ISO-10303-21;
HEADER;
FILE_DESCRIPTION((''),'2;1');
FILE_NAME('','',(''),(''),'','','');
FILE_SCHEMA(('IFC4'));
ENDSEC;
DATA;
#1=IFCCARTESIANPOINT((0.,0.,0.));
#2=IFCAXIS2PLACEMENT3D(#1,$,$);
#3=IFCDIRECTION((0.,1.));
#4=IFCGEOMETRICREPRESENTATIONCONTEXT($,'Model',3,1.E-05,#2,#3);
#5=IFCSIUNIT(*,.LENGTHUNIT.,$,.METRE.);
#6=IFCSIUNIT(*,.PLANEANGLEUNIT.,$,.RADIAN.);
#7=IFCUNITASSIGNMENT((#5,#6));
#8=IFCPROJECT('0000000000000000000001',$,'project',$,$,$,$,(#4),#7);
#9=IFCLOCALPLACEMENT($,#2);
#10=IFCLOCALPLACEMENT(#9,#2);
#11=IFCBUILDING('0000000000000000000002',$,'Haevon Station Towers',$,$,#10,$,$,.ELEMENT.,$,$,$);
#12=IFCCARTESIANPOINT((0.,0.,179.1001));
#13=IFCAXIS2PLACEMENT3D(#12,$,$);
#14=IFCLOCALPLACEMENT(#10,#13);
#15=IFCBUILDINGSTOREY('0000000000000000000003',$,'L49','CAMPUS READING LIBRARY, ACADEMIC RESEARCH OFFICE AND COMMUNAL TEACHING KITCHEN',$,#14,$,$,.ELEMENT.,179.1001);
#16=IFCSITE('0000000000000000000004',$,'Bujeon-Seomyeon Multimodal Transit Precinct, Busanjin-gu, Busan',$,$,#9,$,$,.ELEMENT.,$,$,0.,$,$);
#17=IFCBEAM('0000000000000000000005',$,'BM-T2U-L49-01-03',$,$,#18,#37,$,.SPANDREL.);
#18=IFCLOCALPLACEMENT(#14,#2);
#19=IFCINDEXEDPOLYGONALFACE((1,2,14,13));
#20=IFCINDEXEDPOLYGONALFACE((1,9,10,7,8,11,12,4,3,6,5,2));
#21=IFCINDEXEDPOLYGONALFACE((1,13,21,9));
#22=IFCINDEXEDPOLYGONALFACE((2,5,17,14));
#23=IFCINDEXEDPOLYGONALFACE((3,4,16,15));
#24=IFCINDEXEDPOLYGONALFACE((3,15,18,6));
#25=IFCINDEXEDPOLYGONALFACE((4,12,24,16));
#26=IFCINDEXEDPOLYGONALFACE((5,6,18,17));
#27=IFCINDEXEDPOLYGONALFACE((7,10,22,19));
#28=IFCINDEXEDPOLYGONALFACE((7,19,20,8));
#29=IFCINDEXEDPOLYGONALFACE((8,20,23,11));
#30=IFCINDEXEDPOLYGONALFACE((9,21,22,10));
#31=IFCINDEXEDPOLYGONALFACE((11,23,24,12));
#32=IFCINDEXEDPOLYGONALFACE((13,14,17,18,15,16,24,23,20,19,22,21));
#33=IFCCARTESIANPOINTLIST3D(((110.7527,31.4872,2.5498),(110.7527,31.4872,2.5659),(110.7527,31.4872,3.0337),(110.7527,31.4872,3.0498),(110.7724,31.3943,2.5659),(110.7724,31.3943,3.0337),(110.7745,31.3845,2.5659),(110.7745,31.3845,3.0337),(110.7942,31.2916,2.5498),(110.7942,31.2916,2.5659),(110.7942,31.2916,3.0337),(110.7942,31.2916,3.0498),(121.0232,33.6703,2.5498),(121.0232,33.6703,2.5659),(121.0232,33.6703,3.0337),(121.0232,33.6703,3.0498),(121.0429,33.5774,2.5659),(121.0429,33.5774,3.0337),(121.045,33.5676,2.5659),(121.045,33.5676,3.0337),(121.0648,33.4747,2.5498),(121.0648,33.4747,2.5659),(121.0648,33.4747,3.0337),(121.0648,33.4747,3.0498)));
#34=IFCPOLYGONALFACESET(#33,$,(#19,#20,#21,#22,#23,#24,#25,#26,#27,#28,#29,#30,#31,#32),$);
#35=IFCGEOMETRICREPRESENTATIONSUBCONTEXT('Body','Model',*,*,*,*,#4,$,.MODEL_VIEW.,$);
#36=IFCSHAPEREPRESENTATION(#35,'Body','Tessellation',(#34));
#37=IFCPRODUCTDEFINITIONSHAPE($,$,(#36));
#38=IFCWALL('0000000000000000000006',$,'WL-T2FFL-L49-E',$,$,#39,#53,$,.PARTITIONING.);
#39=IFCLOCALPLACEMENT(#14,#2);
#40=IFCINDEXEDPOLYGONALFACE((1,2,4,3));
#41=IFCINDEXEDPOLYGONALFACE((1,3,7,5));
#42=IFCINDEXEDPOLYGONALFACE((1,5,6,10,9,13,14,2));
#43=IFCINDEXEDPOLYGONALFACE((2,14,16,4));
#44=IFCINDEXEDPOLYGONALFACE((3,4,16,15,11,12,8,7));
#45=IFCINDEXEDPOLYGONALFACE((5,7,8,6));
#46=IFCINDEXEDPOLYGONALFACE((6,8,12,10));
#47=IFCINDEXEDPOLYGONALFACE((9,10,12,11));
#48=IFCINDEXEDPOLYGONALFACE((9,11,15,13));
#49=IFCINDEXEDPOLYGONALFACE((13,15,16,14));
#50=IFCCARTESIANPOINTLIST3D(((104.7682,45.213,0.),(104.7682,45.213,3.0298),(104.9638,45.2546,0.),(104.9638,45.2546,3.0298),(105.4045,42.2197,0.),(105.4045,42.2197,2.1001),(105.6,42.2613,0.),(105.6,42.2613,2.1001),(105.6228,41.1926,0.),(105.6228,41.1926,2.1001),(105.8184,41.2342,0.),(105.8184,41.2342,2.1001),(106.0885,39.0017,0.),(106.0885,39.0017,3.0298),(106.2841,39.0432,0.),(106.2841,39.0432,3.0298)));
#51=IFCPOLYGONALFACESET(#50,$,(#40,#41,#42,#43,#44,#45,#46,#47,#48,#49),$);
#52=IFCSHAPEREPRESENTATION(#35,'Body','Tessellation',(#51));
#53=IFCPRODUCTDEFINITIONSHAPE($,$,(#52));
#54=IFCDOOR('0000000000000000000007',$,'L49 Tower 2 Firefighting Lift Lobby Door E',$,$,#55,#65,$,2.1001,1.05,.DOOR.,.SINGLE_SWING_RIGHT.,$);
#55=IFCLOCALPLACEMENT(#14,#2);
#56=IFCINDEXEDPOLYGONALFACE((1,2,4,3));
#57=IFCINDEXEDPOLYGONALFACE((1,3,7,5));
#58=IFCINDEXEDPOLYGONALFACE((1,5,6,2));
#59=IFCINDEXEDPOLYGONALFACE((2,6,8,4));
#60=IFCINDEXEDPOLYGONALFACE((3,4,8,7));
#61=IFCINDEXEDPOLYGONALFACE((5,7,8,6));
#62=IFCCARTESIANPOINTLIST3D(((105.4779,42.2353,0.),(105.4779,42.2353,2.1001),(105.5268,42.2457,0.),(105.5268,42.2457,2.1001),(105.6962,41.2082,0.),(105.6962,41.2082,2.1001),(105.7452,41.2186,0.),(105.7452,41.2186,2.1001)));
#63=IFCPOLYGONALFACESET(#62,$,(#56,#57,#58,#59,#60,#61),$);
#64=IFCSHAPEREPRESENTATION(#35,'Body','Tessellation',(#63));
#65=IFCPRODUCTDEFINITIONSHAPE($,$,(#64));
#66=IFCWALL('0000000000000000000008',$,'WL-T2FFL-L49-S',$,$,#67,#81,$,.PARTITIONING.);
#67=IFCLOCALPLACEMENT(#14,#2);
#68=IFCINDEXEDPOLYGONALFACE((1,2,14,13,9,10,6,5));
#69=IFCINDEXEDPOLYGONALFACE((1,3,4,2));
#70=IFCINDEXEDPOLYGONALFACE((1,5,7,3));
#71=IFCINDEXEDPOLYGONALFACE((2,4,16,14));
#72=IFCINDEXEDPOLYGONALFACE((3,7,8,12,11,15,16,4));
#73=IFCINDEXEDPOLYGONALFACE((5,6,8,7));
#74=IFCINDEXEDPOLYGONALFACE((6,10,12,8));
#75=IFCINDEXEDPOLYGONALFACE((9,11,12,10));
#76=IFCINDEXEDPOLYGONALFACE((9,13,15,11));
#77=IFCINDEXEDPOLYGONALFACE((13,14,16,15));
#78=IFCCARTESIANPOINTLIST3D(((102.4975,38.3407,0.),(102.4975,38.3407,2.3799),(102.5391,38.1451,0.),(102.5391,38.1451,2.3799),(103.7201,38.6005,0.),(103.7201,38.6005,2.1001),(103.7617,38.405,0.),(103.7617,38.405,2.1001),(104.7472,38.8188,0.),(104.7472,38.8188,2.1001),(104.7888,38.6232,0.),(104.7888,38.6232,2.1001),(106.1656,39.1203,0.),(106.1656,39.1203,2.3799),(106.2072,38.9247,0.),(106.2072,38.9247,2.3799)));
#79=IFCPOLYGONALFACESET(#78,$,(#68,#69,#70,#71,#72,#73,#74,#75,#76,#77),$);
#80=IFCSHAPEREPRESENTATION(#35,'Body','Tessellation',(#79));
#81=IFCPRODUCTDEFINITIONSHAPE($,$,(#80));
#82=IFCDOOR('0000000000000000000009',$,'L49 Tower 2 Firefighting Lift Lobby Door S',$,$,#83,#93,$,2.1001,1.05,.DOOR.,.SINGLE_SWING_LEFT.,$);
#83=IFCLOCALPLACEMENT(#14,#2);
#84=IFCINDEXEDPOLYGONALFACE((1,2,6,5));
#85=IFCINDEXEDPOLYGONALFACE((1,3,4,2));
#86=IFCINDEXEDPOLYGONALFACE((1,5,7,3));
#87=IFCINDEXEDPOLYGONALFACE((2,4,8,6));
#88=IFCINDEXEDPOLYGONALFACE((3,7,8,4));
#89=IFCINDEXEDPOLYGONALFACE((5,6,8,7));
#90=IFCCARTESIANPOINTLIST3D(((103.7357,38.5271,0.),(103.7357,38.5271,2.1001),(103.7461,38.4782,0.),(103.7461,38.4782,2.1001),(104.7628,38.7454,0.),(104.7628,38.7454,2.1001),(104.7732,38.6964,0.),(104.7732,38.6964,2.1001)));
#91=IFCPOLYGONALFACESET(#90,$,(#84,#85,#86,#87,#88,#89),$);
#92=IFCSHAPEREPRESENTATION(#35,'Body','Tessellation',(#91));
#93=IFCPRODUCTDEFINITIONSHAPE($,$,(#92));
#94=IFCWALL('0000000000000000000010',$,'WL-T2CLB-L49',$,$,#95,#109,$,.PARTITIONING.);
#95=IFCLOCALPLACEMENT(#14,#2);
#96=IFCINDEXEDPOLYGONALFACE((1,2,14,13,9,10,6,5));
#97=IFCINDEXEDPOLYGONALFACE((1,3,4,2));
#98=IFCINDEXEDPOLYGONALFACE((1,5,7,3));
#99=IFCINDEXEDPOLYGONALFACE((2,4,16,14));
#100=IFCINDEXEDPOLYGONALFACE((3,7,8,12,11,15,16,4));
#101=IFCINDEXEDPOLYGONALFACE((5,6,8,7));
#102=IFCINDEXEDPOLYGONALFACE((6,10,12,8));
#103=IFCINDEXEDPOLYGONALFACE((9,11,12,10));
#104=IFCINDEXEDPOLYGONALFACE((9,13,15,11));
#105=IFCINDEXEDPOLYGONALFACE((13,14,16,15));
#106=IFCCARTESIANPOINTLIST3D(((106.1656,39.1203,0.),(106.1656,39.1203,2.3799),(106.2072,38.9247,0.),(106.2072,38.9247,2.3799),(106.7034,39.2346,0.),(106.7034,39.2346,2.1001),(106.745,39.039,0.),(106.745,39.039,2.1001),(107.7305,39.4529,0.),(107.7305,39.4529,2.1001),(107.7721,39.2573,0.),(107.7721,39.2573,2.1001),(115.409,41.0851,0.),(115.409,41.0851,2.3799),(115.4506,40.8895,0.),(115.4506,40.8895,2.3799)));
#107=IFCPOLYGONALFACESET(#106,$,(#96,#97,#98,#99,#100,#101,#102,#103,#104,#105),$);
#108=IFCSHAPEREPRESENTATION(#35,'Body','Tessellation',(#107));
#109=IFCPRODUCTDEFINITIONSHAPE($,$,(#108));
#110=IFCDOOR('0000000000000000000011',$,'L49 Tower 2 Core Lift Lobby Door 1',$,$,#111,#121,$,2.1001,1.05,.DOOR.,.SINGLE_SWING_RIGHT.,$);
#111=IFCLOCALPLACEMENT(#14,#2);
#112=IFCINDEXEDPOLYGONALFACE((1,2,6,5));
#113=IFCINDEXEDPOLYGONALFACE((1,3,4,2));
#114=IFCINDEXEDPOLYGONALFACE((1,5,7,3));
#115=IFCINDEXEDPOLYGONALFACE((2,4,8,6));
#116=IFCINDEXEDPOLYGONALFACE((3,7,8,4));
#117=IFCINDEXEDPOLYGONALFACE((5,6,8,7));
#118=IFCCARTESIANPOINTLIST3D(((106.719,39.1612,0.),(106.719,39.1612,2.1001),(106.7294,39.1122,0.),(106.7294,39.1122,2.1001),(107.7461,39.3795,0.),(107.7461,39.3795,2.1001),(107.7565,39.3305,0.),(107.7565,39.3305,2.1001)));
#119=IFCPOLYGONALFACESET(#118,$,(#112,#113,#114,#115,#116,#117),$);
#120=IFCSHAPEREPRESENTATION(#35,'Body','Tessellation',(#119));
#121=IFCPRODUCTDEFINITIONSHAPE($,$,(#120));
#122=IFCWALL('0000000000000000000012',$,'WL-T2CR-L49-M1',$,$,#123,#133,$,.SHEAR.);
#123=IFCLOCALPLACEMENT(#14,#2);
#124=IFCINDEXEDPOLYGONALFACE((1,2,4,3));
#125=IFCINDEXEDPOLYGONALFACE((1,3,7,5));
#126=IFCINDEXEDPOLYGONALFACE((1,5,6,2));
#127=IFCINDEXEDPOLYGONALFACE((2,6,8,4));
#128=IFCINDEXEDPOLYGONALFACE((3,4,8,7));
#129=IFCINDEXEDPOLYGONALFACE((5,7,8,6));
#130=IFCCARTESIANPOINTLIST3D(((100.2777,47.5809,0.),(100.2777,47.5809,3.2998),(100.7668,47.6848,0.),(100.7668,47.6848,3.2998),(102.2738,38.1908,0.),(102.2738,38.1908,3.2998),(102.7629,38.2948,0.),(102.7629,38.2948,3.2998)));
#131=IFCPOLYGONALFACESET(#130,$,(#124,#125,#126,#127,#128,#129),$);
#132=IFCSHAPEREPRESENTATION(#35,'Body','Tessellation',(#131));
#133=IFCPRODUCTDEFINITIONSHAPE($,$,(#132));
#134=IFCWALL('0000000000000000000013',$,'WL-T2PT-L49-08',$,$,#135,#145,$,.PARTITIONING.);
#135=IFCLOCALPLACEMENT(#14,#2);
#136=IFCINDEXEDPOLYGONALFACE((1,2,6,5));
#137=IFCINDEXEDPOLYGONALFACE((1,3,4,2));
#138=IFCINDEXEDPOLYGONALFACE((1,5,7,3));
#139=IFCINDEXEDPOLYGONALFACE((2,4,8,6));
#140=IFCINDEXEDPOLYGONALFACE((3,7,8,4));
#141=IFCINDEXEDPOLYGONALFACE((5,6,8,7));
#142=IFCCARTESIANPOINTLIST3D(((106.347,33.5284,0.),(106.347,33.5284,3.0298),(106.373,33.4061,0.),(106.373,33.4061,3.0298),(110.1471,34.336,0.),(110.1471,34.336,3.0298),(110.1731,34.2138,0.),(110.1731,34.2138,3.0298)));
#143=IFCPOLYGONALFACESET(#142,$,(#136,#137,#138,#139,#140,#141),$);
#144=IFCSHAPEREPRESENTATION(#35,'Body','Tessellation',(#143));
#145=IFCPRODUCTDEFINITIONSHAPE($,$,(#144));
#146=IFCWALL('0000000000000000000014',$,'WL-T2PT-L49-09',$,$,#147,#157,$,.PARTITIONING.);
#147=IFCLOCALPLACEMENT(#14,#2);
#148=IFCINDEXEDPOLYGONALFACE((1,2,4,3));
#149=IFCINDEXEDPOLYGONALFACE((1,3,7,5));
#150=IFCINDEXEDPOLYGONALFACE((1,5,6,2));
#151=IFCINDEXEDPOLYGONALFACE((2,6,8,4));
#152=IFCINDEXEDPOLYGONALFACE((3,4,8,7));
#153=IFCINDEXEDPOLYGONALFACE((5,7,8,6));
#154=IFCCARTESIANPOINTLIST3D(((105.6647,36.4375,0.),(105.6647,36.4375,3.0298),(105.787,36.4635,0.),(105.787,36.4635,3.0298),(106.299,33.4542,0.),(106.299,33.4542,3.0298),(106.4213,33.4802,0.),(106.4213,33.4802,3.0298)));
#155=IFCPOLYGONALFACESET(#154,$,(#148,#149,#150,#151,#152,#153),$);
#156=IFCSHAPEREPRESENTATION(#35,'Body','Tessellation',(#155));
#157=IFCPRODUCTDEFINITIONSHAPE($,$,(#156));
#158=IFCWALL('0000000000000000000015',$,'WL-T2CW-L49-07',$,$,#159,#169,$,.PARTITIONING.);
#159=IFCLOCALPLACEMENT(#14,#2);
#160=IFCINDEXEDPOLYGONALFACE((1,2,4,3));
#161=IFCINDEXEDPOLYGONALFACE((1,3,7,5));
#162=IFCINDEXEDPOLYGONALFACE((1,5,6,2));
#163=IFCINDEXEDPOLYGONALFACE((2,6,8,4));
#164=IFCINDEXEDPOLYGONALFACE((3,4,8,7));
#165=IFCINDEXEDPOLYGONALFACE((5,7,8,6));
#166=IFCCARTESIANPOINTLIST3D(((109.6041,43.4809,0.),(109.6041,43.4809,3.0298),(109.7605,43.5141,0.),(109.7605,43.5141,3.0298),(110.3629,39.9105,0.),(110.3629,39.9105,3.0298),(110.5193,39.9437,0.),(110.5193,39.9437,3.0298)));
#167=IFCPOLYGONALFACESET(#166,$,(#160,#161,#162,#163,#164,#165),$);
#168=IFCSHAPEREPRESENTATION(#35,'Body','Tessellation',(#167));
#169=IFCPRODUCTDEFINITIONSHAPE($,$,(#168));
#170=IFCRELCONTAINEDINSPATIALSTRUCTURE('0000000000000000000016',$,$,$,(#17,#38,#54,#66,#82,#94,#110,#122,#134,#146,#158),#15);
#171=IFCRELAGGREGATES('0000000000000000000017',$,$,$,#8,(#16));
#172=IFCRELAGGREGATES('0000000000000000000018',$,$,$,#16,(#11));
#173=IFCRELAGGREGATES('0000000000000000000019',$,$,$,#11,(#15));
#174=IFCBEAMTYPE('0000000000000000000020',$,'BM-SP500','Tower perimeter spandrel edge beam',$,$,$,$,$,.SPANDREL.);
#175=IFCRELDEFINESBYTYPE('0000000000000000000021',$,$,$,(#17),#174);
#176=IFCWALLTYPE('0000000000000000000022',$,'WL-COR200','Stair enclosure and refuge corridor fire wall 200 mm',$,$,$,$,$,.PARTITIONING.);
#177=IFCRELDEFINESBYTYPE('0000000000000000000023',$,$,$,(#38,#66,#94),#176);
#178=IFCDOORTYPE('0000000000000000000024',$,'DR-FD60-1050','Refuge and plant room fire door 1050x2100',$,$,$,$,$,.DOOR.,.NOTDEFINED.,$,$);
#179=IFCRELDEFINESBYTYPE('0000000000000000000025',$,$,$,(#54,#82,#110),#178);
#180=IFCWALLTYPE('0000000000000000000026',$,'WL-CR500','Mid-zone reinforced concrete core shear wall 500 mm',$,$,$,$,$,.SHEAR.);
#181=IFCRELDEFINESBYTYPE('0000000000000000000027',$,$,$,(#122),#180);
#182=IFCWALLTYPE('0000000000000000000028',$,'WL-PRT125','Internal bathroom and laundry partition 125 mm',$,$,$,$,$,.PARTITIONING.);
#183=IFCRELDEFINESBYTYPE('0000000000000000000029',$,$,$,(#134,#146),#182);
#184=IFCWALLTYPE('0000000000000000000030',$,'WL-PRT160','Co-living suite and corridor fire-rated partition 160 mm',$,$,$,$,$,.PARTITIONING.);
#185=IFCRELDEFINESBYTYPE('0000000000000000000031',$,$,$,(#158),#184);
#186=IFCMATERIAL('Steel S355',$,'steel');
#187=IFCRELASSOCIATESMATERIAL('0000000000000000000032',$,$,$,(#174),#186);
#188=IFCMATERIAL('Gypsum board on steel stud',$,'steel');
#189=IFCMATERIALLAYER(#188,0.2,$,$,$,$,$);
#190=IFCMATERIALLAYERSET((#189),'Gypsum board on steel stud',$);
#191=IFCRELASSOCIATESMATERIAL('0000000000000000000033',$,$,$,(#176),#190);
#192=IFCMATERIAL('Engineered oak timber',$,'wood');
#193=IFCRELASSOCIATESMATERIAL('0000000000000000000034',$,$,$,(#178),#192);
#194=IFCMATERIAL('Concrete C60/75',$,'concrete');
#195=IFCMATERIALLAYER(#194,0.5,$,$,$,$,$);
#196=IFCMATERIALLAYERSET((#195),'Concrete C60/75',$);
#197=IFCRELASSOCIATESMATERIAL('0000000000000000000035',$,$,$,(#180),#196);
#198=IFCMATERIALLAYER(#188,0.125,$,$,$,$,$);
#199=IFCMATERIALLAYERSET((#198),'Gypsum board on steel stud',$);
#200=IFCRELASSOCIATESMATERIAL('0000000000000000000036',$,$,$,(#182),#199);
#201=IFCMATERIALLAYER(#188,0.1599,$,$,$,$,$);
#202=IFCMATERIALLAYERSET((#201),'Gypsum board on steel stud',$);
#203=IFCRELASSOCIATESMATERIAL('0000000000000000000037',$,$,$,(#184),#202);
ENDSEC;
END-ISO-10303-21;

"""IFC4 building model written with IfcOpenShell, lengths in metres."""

from ifc_helpers import new_model, si_unit, direction, frame, frame_2d, origin, origin_2d, place, context, subcontext, project, spatial, rectangle, i_section, extrude, material, layer, layer_set, material_profile, profile_set, type_object, element, fill, save


model = new_model("IFC4")

# Units and contexts
model_context = context("Model", 3, precision=1e-05, world=origin(), true_north=direction((0.0, 1.0)))
body_context = subcontext(model_context, "Body", "Model", "MODEL_VIEW")
ifc_project = project(units=[si_unit("LENGTHUNIT", "METRE"), si_unit("PLANEANGLEUNIT", "RADIAN")], contexts=[model_context])

# Site, building, storey
site_placement = place(None, origin())
site = spatial("IfcSite", under=ifc_project, at=site_placement, Name="Bujeon-Seomyeon Multimodal Transit Precinct, Busanjin-gu, Busan", CompositionType="ELEMENT", RefElevation=0.0)
building_placement = place(site_placement, origin())
building = spatial("IfcBuilding", under=site, at=building_placement, Name="Haevon Station Towers", CompositionType="ELEMENT")
storey_placement = place(building_placement, frame((0.0, 0.0, 179.1001)))
storey = spatial("IfcBuildingStorey", under=building, at=storey_placement, Name="L49", Description="CAMPUS READING LIBRARY, ACADEMIC RESEARCH OFFICE AND COMMUNAL TEACHING KITCHEN", CompositionType="ELEMENT", Elevation=179.1001)

# Shared definitions
ifc_material_1 = material(Name="Steel S355", Category="steel")

# Beam
ifc_material_profile_1 = material_profile(ifc_material_1, i_section(OverallWidth=0.2, OverallDepth=0.5, WebThickness=0.01, FlangeThickness=0.0161, at=origin_2d()), Name="H-500x200x10x16")
ifc_profile_set_1 = profile_set([ifc_material_profile_1], Name="Steel S355")
beam_type_1 = type_object("IfcBeamType", Name="BM-SP500", Description="Tower perimeter spandrel edge beam", PredefinedType="SPANDREL", material=ifc_profile_set_1)
beam_1_placement = place(storey_placement, frame((110.7734, 31.3894, 2.7998), z_axis=(0.978147, 0.207915, 0.0), x_axis=(-0.207915, 0.978147, 0.0)))
element("IfcBeam", 1, at=beam_1_placement, inside=storey, type_object=beam_type_1, Name="BM-T2U-L49-01-03", PredefinedType="SPANDREL", context=body_context, shape_type="SweptSolid", body=[
    extrude(i_section(OverallWidth=0.2, OverallDepth=0.5, WebThickness=0.01, FlangeThickness=0.0161, at=origin_2d()), origin(), (0.0, 0.0, 1.0), 10.5),
])

# Walls, openings, doors
ifc_material_2 = material(Name="Gypsum board on steel stud", Category="steel")
ifc_layer_1 = layer(ifc_material_2, 0.2)
ifc_layer_set_1 = layer_set([ifc_layer_1], Name="Gypsum board on steel stud")
wall_type_1 = type_object("IfcWallType", Name="WL-COR200", Description="Stair enclosure and refuge corridor fire wall 200 mm", PredefinedType="PARTITIONING", material=ifc_layer_set_1)
wall_1_placement = place(storey_placement, frame((106.1863, 39.0225, 0.0), z_axis=(0.0, 0.0, 1.0), x_axis=(-0.207917, 0.978147, 0.0)))
wall_1 = element("IfcWall", 2, at=wall_1_placement, inside=storey, type_object=wall_type_1, Name="WL-T2FFL-L49-E", PredefinedType="PARTITIONING", context=body_context, shape_type="SweptSolid", body=[
    extrude(rectangle(XDim=6.3501, YDim=0.2, at=frame_2d((3.175, 0.0))), origin(), (0.0, 0.0, 1.0), 3.0298),
])
opening_1_placement = place(wall_1_placement, frame((2.24, 0.0, 0.0)))
opening_1 = element("IfcOpeningElement", 3, at=opening_1_placement, cuts=wall_1, PredefinedType="OPENING", context=body_context, shape_type="SweptSolid", body=[
    extrude(rectangle(XDim=1.05, YDim=2.1001, at=frame_2d((0.5249, 1.05))), frame((0.0, 0.1099, 0.0), z_axis=(0.0, -1.0, 0.0), x_axis=(1.0, 0.0, 0.0)), (0.0, 0.0, 1.0), 0.22),
])
ifc_material_3 = material(Name="Engineered oak timber", Category="wood")
door_type = type_object("IfcDoorType", Name="DR-FD60-1050", Description="Refuge and plant room fire door 1050x2100", OperationType="NOTDEFINED", PredefinedType="DOOR", material=ifc_material_3)
door_1_placement = place(opening_1_placement, origin())
door_1 = element("IfcDoor", 4, at=door_1_placement, inside=storey, type_object=door_type, Name="L49 Tower 2 Firefighting Lift Lobby Door E", OperationType="SINGLE_SWING_RIGHT", OverallHeight=2.1001, OverallWidth=1.05, PredefinedType="DOOR", context=body_context, shape_type="SweptSolid", body=[
    extrude(rectangle(XDim=1.05, YDim=2.1001, at=frame_2d((0.5249, 1.05))), frame((0.0, 0.0249, 0.0), z_axis=(0.0, -1.0, 0.0), x_axis=(1.0, 0.0, 0.0)), (0.0, 0.0, 1.0), 0.05),
])
fill(opening_1, door_1)
wall_2_placement = place(storey_placement, frame((102.5183, 38.2429, 0.0), z_axis=(0.0, 0.0, 1.0), x_axis=(0.978154, 0.207884, 0.0)))
wall_2 = element("IfcWall", 5, at=wall_2_placement, inside=storey, type_object=wall_type_1, Name="WL-T2FFL-L49-S", PredefinedType="PARTITIONING", context=body_context, shape_type="SweptSolid", body=[
    extrude(rectangle(XDim=3.75, YDim=0.2, at=frame_2d((1.875, 0.0))), origin(), (0.0, 0.0, 1.0), 2.3799),
])
opening_2_placement = place(wall_2_placement, frame((1.25, 0.0, 0.0)))
opening_2 = element("IfcOpeningElement", 6, at=opening_2_placement, cuts=wall_2, PredefinedType="OPENING", context=body_context, shape_type="SweptSolid", body=[
    extrude(rectangle(XDim=1.05, YDim=2.1001, at=frame_2d((0.5249, 1.05))), frame((0.0, 0.1099, 0.0), z_axis=(0.0, -1.0, 0.0), x_axis=(1.0, 0.0, 0.0)), (0.0, 0.0, 1.0), 0.22),
])
door_2_placement = place(opening_2_placement, origin())
door_2 = element("IfcDoor", 7, at=door_2_placement, inside=storey, type_object=door_type, Name="L49 Tower 2 Firefighting Lift Lobby Door S", OperationType="SINGLE_SWING_LEFT", OverallHeight=2.1001, OverallWidth=1.05, PredefinedType="DOOR", context=body_context, shape_type="SweptSolid", body=[
    extrude(rectangle(XDim=1.05, YDim=2.1001, at=frame_2d((0.5249, 1.05))), frame((0.0, 0.0249, 0.0), z_axis=(0.0, -1.0, 0.0), x_axis=(1.0, 0.0, 0.0)), (0.0, 0.0, 1.0), 0.05),
])
fill(opening_2, door_2)
wall_3_placement = place(storey_placement, frame((106.1863, 39.0225, 0.0), z_axis=(0.0, 0.0, 1.0), x_axis=(0.978146, 0.207921, 0.0)))
wall_3 = element("IfcWall", 8, at=wall_3_placement, inside=storey, type_object=wall_type_1, Name="WL-T2CLB-L49", PredefinedType="PARTITIONING", context=body_context, shape_type="SweptSolid", body=[
    extrude(rectangle(XDim=9.45, YDim=0.2, at=frame_2d((4.7251, 0.0))), origin(), (0.0, 0.0, 1.0), 2.3799),
])
opening_3_placement = place(wall_3_placement, frame((0.55, 0.0, 0.0)))
opening_3 = element("IfcOpeningElement", 9, at=opening_3_placement, cuts=wall_3, PredefinedType="OPENING", context=body_context, shape_type="SweptSolid", body=[
    extrude(rectangle(XDim=1.05, YDim=2.1001, at=frame_2d((0.5249, 1.05))), frame((0.0, 0.1099, 0.0), z_axis=(0.0, -1.0, 0.0), x_axis=(1.0, 0.0, 0.0)), (0.0, 0.0, 1.0), 0.22),
])
door_3_placement = place(opening_3_placement, origin())
door_3 = element("IfcDoor", 10, at=door_3_placement, inside=storey, type_object=door_type, Name="L49 Tower 2 Core Lift Lobby Door 1", OperationType="SINGLE_SWING_RIGHT", OverallHeight=2.1001, OverallWidth=1.05, PredefinedType="DOOR", context=body_context, shape_type="SweptSolid", body=[
    extrude(rectangle(XDim=1.05, YDim=2.1001, at=frame_2d((0.5249, 1.05))), frame((0.0, 0.0249, 0.0), z_axis=(0.0, -1.0, 0.0), x_axis=(1.0, 0.0, 0.0)), (0.0, 0.0, 1.0), 0.05),
])
fill(opening_3, door_3)

# Walls
ifc_material_4 = material(Name="Concrete C60/75", Category="concrete")
ifc_layer_2 = layer(ifc_material_4, 0.5)
ifc_layer_set_2 = layer_set([ifc_layer_2], Name="Concrete C60/75")
wall_type_2 = type_object("IfcWallType", Name="WL-CR500", Description="Mid-zone reinforced concrete core shear wall 500 mm", PredefinedType="SHEAR", material=ifc_layer_set_2)
wall_4_placement = place(storey_placement, frame((102.5183, 38.2429, 0.0), z_axis=(0.0, 0.0, 1.0), x_axis=(-0.207927, 0.978144, 0.0)))
element("IfcWall", 11, at=wall_4_placement, inside=storey, type_object=wall_type_2, Name="WL-T2CR-L49-M1", PredefinedType="SHEAR", context=body_context, shape_type="SweptSolid", body=[
    extrude(rectangle(XDim=9.5999, YDim=0.5, at=frame_2d((4.7998, 0.0))), origin(), (0.0, 0.0, 1.0), 3.2998),
])
ifc_layer_3 = layer(ifc_material_2, 0.125)
ifc_layer_set_3 = layer_set([ifc_layer_3], Name="Gypsum board on steel stud")
wall_type_3 = type_object("IfcWallType", Name="WL-PRT125", Description="Internal bathroom and laundry partition 125 mm", PredefinedType="PARTITIONING", material=ifc_layer_set_3)
wall_5_placement = place(storey_placement, frame((106.3601, 33.4673, 0.0), z_axis=(0.0, 0.0, 1.0), x_axis=(0.978153, 0.207885, 0.0)))
element("IfcWall", 12, at=wall_5_placement, inside=storey, type_object=wall_type_3, Name="WL-T2PT-L49-08", PredefinedType="PARTITIONING", context=body_context, shape_type="SweptSolid", body=[
    extrude(rectangle(XDim=3.885, YDim=0.125, at=frame_2d((1.9424, 0.0))), origin(), (0.0, 0.0, 1.0), 3.0298),
])
wall_6_placement = place(storey_placement, frame((106.3601, 33.4673, 0.0), z_axis=(0.0, 0.0, 1.0), x_axis=(-0.207954, 0.978139, 0.0)))
element("IfcWall", 13, at=wall_6_placement, inside=storey, type_object=wall_type_3, Name="WL-T2PT-L49-09", PredefinedType="PARTITIONING", context=body_context, shape_type="SweptSolid", body=[
    extrude(rectangle(XDim=3.05, YDim=0.125, at=frame_2d((1.5249, 0.0))), origin(), (0.0, 0.0, 1.0), 3.0298),
])
ifc_layer_4 = layer(ifc_material_2, 0.1599)
ifc_layer_set_4 = layer_set([ifc_layer_4], Name="Gypsum board on steel stud")
wall_type_4 = type_object("IfcWallType", Name="WL-PRT160", Description="Co-living suite and corridor fire-rated partition 160 mm", PredefinedType="PARTITIONING", material=ifc_layer_set_4)
wall_7_placement = place(storey_placement, frame((110.4412, 39.927, 0.0), z_axis=(0.0, 0.0, 1.0), x_axis=(-0.207884, 0.978153, 0.0)))
element("IfcWall", 14, at=wall_7_placement, inside=storey, type_object=wall_type_4, Name="WL-T2CW-L49-07", PredefinedType="PARTITIONING", context=body_context, shape_type="SweptSolid", body=[
    extrude(rectangle(XDim=3.6501, YDim=0.1599, at=frame_2d((1.8252, 0.0))), origin(), (0.0, 0.0, 1.0), 3.0298),
])

save(model, "model.ifc")
